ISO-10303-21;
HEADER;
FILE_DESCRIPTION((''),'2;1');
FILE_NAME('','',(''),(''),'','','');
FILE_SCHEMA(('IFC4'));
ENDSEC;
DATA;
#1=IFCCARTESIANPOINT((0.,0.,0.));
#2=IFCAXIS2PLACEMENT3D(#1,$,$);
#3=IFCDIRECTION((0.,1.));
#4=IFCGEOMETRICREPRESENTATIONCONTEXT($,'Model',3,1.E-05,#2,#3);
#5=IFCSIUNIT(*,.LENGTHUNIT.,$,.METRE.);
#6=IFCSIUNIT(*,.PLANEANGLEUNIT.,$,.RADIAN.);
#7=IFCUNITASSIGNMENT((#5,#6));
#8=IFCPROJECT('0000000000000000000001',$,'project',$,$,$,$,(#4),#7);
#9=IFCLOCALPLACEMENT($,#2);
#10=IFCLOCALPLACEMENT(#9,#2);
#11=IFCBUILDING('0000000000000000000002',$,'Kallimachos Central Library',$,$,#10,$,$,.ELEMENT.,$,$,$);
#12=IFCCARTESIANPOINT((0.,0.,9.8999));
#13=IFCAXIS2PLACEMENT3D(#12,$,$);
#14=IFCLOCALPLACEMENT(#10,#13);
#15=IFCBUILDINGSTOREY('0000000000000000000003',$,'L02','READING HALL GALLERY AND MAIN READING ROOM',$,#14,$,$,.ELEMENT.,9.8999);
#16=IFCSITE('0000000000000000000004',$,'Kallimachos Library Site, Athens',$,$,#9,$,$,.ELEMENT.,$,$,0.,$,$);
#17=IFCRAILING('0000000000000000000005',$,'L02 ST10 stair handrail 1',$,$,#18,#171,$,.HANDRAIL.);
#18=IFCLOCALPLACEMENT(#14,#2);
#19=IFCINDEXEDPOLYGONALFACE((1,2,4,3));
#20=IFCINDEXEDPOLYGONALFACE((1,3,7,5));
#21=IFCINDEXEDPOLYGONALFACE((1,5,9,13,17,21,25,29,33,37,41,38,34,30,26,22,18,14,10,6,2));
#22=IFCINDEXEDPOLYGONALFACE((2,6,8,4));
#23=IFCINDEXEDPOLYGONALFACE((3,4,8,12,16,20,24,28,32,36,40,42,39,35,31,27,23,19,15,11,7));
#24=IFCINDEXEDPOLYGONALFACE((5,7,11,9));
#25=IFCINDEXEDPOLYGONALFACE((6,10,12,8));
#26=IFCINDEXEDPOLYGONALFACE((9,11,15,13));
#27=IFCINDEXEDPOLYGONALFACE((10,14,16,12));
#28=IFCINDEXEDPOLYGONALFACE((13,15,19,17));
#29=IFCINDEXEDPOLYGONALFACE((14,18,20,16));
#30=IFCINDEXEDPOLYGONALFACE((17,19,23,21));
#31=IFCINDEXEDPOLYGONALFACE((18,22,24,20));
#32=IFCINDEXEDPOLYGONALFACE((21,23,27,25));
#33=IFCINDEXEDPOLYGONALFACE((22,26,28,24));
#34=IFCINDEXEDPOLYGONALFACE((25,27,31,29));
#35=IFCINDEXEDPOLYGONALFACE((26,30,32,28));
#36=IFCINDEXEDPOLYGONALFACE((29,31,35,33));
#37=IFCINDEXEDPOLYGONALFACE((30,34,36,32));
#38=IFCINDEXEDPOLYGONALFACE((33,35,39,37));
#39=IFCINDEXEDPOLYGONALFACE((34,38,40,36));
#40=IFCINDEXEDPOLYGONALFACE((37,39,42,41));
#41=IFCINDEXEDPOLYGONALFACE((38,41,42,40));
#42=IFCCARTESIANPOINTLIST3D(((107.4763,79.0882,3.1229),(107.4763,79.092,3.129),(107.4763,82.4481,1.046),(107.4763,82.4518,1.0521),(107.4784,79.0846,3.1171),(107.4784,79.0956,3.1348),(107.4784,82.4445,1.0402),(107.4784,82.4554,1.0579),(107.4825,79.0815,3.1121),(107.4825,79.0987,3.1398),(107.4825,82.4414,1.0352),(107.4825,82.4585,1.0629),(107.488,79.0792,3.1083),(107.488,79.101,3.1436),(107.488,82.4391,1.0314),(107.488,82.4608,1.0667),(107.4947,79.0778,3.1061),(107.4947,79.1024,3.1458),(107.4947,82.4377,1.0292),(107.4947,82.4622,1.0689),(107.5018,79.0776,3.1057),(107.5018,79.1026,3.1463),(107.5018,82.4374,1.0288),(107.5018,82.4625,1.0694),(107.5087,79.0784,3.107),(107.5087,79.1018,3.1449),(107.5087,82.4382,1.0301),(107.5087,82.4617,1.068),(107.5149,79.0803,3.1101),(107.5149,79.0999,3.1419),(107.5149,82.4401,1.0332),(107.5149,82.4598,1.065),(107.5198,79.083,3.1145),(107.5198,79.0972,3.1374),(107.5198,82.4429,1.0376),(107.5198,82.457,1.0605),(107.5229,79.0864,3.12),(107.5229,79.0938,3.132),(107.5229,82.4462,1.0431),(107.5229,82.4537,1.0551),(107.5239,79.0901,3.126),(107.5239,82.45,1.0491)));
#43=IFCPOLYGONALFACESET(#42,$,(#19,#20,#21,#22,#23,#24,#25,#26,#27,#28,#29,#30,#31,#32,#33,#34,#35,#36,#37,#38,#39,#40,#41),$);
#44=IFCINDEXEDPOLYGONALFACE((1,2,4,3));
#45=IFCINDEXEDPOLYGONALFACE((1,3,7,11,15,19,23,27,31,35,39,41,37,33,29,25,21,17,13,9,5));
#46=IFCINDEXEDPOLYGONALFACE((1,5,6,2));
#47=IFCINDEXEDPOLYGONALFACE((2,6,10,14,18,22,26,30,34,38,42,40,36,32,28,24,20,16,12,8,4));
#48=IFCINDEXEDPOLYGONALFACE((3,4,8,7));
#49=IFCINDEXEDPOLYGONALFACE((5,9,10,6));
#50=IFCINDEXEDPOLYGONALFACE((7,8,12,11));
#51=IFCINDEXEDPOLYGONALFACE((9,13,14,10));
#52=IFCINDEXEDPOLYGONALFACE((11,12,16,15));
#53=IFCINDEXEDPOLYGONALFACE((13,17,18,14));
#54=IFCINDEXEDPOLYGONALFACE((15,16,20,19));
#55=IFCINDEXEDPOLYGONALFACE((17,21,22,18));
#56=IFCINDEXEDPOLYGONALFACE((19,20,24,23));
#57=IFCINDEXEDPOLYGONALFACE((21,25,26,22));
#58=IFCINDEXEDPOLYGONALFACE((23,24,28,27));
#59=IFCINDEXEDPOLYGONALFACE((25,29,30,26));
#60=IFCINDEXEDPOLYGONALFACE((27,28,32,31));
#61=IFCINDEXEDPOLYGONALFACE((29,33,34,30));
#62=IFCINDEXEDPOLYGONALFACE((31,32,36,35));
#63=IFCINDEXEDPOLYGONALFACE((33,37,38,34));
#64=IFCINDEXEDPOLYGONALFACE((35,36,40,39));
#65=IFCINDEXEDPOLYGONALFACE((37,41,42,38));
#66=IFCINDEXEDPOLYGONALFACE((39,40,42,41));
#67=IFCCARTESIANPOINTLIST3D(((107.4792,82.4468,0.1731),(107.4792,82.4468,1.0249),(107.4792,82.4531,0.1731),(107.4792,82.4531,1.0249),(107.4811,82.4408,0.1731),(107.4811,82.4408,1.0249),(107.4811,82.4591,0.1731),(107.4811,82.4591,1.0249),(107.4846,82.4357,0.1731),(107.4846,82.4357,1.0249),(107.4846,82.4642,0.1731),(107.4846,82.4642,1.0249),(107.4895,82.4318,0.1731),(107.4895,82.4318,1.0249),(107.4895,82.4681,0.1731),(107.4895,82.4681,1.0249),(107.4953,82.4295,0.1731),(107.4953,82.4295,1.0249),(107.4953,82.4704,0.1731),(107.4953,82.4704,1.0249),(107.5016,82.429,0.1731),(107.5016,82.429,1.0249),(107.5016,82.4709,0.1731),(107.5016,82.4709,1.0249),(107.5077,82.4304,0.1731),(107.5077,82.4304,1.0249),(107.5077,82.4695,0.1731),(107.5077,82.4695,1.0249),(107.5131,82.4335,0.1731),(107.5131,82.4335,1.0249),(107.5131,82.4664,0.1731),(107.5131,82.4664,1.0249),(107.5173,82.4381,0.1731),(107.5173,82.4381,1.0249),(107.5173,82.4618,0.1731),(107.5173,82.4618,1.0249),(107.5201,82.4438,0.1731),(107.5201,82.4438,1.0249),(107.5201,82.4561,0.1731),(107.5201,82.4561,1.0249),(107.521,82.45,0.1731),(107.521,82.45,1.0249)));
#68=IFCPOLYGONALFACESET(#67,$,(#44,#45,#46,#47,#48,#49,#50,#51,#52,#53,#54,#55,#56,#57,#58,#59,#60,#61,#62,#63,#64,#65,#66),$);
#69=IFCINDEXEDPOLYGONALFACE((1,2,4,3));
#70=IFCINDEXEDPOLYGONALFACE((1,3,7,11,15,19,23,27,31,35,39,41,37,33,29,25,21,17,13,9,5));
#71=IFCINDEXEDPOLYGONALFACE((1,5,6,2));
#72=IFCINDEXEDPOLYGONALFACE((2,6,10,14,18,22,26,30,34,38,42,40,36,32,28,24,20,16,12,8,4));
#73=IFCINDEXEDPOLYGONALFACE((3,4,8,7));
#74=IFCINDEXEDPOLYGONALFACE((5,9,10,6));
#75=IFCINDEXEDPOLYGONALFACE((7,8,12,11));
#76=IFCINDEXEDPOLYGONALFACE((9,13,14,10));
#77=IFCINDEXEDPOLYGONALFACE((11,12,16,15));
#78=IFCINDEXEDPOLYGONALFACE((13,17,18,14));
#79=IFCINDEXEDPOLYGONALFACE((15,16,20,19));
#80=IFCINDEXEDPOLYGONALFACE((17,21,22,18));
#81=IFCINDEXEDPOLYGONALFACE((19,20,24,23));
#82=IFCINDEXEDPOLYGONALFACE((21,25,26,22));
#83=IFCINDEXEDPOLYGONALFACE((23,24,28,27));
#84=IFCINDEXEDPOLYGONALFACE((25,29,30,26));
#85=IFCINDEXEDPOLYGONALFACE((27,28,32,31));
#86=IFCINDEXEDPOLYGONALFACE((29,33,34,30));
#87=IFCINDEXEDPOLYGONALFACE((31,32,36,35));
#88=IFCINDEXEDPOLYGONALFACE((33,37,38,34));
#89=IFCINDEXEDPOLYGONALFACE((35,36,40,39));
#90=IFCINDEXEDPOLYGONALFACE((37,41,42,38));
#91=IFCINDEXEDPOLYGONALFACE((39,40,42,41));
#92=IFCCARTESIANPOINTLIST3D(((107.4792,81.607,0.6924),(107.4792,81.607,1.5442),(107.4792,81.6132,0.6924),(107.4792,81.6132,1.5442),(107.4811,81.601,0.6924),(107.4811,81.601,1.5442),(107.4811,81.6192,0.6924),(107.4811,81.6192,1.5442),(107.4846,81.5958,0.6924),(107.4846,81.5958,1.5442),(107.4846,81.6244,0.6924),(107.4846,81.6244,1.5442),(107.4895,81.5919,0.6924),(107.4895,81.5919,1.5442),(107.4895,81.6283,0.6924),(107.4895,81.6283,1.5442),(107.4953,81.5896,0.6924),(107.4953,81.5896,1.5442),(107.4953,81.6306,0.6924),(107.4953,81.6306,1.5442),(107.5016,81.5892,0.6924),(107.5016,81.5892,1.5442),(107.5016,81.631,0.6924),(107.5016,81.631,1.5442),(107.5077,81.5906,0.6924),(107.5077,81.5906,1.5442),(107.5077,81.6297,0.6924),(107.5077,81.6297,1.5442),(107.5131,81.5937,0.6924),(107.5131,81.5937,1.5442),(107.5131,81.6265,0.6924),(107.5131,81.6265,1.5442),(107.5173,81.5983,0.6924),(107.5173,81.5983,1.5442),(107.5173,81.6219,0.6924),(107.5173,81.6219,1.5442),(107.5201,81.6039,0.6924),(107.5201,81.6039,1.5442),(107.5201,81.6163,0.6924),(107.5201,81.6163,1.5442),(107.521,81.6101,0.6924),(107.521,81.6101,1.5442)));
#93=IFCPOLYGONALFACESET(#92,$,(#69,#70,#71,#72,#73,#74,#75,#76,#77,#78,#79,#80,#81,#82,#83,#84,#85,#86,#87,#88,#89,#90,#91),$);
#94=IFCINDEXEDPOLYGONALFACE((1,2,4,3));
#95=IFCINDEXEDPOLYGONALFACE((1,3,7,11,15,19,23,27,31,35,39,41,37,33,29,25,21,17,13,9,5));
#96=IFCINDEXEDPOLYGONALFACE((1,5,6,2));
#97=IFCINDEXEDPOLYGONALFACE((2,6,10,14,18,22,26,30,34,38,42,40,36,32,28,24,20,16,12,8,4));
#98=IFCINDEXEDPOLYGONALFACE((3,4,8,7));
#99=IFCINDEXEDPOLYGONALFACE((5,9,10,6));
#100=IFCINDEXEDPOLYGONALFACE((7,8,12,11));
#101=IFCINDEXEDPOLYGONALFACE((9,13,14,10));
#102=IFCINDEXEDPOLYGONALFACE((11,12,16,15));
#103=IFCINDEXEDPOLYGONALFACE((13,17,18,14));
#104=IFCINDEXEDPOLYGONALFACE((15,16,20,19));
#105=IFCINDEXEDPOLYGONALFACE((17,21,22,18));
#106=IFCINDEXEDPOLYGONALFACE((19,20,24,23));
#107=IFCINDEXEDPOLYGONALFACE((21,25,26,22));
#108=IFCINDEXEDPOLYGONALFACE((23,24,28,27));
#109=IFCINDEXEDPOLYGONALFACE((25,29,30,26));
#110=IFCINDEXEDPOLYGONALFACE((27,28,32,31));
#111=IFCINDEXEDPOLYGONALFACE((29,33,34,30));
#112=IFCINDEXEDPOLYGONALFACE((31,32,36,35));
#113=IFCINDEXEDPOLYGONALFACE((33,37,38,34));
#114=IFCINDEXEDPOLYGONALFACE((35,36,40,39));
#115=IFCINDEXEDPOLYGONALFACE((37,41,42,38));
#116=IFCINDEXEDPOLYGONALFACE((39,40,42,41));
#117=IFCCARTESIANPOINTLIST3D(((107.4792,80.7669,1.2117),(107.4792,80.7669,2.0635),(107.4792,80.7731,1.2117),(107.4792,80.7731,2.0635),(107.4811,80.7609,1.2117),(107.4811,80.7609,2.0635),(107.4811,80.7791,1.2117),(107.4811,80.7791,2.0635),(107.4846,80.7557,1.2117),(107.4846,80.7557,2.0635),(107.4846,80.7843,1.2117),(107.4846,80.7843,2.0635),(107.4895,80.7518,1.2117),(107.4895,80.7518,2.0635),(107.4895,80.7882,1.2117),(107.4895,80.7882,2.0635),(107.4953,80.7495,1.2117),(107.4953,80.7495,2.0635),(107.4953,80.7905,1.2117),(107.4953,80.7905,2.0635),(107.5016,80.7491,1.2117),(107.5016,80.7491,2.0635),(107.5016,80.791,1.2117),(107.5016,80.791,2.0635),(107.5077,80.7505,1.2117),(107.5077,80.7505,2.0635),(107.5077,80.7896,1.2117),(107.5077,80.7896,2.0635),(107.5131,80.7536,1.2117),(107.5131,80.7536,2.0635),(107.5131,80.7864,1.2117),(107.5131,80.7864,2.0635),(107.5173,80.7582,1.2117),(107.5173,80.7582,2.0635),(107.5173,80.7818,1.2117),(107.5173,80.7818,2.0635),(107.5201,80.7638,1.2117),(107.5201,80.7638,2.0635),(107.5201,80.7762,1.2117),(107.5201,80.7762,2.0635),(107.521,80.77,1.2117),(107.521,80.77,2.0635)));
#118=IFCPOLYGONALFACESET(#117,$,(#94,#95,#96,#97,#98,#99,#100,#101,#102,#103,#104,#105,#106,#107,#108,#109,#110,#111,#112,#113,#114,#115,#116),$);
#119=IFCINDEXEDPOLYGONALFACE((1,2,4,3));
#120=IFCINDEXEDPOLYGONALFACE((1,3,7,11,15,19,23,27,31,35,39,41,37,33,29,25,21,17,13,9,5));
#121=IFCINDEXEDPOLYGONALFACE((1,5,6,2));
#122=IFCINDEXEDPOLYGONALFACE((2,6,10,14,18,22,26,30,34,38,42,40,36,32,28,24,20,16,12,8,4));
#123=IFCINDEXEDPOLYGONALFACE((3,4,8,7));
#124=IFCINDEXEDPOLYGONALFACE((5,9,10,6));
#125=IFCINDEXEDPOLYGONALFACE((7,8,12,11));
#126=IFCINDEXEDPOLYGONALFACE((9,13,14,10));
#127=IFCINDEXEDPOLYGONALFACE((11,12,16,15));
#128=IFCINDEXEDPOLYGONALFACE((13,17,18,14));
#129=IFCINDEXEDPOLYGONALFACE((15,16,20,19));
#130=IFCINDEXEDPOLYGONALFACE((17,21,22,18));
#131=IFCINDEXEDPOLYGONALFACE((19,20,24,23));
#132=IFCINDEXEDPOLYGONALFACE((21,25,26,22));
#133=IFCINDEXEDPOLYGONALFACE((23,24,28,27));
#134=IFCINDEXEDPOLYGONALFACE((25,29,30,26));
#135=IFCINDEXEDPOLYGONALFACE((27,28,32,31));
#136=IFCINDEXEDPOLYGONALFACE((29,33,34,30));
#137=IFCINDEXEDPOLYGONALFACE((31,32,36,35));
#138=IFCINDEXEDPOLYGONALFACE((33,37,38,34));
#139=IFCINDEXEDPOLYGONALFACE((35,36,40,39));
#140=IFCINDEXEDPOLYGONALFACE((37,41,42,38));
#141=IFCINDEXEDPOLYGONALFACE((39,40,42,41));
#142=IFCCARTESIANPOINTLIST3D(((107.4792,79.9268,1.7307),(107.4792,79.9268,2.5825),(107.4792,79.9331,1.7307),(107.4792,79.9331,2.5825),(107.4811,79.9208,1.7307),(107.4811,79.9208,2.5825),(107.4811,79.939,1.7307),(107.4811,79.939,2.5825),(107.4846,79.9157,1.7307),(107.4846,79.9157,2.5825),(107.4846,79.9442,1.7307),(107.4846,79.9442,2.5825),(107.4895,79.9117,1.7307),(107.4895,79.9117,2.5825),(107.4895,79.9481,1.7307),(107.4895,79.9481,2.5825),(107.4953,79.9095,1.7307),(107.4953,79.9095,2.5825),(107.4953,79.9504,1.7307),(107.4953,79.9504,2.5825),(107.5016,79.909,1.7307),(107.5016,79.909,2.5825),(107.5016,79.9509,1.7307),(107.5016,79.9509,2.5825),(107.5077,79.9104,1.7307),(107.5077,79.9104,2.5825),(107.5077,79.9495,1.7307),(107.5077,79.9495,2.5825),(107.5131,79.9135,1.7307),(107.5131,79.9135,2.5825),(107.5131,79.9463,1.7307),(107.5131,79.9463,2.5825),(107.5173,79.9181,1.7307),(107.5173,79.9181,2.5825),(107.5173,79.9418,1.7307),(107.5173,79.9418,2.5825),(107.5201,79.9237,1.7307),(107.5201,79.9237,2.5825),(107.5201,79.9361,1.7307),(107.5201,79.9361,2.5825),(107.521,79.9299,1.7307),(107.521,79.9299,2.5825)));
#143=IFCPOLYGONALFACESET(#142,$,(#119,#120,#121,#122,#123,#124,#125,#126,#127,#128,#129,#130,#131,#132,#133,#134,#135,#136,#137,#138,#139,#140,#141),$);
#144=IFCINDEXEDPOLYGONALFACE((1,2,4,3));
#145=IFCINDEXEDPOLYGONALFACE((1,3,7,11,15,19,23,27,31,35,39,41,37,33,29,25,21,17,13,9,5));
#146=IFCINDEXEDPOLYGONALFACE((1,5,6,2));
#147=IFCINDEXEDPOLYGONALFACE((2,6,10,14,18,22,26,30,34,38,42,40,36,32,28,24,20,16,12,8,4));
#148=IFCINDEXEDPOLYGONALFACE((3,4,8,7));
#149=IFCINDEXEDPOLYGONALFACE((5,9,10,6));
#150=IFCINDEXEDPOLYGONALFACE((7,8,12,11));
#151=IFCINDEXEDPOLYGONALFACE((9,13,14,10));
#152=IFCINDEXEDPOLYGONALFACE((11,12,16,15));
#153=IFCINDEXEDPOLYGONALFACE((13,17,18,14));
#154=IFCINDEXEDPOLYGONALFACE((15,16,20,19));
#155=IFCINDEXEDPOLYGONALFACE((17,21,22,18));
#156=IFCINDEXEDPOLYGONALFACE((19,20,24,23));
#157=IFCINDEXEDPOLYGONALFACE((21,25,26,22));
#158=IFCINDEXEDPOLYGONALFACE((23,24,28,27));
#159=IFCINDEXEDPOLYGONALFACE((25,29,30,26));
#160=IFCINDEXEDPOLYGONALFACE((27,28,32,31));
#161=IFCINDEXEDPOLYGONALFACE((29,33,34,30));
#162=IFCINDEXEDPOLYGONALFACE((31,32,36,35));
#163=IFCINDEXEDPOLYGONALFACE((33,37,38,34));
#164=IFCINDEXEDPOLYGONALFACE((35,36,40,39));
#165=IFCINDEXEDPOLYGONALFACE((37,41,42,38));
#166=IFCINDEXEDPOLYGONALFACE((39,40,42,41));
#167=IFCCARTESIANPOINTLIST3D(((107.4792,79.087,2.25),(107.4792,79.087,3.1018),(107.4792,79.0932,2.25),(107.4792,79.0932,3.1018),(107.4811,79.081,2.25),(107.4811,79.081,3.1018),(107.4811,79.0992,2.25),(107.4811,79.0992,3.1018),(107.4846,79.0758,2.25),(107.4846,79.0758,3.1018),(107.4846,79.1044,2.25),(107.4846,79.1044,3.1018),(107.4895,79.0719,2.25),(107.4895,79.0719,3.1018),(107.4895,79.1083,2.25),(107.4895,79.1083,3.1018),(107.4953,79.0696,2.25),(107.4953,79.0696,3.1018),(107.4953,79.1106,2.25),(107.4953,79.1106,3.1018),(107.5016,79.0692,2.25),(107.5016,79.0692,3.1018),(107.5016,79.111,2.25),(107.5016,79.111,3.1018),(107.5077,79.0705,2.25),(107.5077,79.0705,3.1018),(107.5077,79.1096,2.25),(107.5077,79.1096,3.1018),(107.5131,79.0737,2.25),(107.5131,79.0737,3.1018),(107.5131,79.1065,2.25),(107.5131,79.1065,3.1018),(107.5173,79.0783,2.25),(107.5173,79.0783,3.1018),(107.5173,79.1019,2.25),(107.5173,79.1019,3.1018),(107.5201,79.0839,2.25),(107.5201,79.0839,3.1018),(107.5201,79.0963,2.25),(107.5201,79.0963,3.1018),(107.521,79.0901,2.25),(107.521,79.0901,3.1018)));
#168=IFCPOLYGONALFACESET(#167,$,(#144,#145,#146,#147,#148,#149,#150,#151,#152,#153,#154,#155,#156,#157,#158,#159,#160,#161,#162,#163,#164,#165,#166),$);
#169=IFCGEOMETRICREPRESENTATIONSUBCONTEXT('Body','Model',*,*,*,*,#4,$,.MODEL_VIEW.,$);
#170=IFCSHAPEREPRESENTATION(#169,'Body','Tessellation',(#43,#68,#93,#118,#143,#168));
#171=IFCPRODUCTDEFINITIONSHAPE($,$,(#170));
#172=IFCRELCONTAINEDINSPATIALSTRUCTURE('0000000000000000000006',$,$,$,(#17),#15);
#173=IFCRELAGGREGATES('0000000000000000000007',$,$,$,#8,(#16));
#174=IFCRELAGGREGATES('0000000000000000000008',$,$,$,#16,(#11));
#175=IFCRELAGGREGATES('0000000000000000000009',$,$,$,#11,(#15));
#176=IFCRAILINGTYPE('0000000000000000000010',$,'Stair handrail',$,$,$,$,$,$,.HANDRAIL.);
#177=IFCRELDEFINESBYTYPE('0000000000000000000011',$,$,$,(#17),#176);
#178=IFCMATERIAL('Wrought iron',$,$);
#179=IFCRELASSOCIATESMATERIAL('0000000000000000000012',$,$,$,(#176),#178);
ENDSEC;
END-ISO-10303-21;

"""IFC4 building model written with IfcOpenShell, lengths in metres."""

from ifc_helpers import new_model, si_unit, direction, frame, origin, origin_2d, place, context, subcontext, project, spatial, circle, extrude, material, type_object, element, save


model = new_model("IFC4")

# Units and contexts
model_context = context("Model", 3, precision=1e-05, world=origin(), true_north=direction((0.0, 1.0)))
body_context = subcontext(model_context, "Body", "Model", "MODEL_VIEW")
ifc_project = project(units=[si_unit("LENGTHUNIT", "METRE"), si_unit("PLANEANGLEUNIT", "RADIAN")], contexts=[model_context])

# Site, building, storey
site_placement = place(None, origin())
site = spatial("IfcSite", under=ifc_project, at=site_placement, Name="Kallimachos Library Site, Athens", CompositionType="ELEMENT", RefElevation=0.0)
building_placement = place(site_placement, origin())
building = spatial("IfcBuilding", under=site, at=building_placement, Name="Kallimachos Central Library", CompositionType="ELEMENT")
storey_placement = place(building_placement, frame((0.0, 0.0, 9.8999)))
storey = spatial("IfcBuildingStorey", under=building, at=storey_placement, Name="L02", Description="READING HALL GALLERY AND MAIN READING ROOM", CompositionType="ELEMENT", Elevation=9.8999)

# Railing
ifc_material_1 = material(Name="Wrought iron")
railing_type_1 = type_object("IfcRailingType", Name="Stair handrail", PredefinedType="HANDRAIL", material=ifc_material_1)
railing_1_placement = place(storey_placement, frame((107.5, 82.45, 0.1731)))
element("IfcRailing", 1, at=railing_1_placement, inside=storey, type_object=railing_type_1, Name="L02 ST10 stair handrail 1", PredefinedType="HANDRAIL", context=body_context, shape_type="SweptSolid", body=[
    extrude(circle(Radius=0.0239, at=origin_2d()), frame((0.0, 0.0, 0.876), z_axis=(0.0, -0.850606, 0.525803), x_axis=(1.0, 0.0, 0.0)), (0.0, 0.0, 1.0), 3.95),
    extrude(circle(Radius=0.021, at=origin_2d()), origin(), (0.0, 0.0, 1.0), 0.8518),
    extrude(circle(Radius=0.021, at=origin_2d()), frame((0.0, -0.8398, 0.5193)), (0.0, 0.0, 1.0), 0.8518),
    extrude(circle(Radius=0.021, at=origin_2d()), frame((0.0, -1.6799, 1.0386)), (0.0, 0.0, 1.0), 0.8518),
    extrude(circle(Radius=0.021, at=origin_2d()), frame((0.0, -2.52, 1.5576)), (0.0, 0.0, 1.0), 0.8518),
    extrude(circle(Radius=0.021, at=origin_2d()), frame((0.0, -3.3599, 2.0769)), (0.0, 0.0, 1.0), 0.8518),
])

save(model, "model.ifc")
